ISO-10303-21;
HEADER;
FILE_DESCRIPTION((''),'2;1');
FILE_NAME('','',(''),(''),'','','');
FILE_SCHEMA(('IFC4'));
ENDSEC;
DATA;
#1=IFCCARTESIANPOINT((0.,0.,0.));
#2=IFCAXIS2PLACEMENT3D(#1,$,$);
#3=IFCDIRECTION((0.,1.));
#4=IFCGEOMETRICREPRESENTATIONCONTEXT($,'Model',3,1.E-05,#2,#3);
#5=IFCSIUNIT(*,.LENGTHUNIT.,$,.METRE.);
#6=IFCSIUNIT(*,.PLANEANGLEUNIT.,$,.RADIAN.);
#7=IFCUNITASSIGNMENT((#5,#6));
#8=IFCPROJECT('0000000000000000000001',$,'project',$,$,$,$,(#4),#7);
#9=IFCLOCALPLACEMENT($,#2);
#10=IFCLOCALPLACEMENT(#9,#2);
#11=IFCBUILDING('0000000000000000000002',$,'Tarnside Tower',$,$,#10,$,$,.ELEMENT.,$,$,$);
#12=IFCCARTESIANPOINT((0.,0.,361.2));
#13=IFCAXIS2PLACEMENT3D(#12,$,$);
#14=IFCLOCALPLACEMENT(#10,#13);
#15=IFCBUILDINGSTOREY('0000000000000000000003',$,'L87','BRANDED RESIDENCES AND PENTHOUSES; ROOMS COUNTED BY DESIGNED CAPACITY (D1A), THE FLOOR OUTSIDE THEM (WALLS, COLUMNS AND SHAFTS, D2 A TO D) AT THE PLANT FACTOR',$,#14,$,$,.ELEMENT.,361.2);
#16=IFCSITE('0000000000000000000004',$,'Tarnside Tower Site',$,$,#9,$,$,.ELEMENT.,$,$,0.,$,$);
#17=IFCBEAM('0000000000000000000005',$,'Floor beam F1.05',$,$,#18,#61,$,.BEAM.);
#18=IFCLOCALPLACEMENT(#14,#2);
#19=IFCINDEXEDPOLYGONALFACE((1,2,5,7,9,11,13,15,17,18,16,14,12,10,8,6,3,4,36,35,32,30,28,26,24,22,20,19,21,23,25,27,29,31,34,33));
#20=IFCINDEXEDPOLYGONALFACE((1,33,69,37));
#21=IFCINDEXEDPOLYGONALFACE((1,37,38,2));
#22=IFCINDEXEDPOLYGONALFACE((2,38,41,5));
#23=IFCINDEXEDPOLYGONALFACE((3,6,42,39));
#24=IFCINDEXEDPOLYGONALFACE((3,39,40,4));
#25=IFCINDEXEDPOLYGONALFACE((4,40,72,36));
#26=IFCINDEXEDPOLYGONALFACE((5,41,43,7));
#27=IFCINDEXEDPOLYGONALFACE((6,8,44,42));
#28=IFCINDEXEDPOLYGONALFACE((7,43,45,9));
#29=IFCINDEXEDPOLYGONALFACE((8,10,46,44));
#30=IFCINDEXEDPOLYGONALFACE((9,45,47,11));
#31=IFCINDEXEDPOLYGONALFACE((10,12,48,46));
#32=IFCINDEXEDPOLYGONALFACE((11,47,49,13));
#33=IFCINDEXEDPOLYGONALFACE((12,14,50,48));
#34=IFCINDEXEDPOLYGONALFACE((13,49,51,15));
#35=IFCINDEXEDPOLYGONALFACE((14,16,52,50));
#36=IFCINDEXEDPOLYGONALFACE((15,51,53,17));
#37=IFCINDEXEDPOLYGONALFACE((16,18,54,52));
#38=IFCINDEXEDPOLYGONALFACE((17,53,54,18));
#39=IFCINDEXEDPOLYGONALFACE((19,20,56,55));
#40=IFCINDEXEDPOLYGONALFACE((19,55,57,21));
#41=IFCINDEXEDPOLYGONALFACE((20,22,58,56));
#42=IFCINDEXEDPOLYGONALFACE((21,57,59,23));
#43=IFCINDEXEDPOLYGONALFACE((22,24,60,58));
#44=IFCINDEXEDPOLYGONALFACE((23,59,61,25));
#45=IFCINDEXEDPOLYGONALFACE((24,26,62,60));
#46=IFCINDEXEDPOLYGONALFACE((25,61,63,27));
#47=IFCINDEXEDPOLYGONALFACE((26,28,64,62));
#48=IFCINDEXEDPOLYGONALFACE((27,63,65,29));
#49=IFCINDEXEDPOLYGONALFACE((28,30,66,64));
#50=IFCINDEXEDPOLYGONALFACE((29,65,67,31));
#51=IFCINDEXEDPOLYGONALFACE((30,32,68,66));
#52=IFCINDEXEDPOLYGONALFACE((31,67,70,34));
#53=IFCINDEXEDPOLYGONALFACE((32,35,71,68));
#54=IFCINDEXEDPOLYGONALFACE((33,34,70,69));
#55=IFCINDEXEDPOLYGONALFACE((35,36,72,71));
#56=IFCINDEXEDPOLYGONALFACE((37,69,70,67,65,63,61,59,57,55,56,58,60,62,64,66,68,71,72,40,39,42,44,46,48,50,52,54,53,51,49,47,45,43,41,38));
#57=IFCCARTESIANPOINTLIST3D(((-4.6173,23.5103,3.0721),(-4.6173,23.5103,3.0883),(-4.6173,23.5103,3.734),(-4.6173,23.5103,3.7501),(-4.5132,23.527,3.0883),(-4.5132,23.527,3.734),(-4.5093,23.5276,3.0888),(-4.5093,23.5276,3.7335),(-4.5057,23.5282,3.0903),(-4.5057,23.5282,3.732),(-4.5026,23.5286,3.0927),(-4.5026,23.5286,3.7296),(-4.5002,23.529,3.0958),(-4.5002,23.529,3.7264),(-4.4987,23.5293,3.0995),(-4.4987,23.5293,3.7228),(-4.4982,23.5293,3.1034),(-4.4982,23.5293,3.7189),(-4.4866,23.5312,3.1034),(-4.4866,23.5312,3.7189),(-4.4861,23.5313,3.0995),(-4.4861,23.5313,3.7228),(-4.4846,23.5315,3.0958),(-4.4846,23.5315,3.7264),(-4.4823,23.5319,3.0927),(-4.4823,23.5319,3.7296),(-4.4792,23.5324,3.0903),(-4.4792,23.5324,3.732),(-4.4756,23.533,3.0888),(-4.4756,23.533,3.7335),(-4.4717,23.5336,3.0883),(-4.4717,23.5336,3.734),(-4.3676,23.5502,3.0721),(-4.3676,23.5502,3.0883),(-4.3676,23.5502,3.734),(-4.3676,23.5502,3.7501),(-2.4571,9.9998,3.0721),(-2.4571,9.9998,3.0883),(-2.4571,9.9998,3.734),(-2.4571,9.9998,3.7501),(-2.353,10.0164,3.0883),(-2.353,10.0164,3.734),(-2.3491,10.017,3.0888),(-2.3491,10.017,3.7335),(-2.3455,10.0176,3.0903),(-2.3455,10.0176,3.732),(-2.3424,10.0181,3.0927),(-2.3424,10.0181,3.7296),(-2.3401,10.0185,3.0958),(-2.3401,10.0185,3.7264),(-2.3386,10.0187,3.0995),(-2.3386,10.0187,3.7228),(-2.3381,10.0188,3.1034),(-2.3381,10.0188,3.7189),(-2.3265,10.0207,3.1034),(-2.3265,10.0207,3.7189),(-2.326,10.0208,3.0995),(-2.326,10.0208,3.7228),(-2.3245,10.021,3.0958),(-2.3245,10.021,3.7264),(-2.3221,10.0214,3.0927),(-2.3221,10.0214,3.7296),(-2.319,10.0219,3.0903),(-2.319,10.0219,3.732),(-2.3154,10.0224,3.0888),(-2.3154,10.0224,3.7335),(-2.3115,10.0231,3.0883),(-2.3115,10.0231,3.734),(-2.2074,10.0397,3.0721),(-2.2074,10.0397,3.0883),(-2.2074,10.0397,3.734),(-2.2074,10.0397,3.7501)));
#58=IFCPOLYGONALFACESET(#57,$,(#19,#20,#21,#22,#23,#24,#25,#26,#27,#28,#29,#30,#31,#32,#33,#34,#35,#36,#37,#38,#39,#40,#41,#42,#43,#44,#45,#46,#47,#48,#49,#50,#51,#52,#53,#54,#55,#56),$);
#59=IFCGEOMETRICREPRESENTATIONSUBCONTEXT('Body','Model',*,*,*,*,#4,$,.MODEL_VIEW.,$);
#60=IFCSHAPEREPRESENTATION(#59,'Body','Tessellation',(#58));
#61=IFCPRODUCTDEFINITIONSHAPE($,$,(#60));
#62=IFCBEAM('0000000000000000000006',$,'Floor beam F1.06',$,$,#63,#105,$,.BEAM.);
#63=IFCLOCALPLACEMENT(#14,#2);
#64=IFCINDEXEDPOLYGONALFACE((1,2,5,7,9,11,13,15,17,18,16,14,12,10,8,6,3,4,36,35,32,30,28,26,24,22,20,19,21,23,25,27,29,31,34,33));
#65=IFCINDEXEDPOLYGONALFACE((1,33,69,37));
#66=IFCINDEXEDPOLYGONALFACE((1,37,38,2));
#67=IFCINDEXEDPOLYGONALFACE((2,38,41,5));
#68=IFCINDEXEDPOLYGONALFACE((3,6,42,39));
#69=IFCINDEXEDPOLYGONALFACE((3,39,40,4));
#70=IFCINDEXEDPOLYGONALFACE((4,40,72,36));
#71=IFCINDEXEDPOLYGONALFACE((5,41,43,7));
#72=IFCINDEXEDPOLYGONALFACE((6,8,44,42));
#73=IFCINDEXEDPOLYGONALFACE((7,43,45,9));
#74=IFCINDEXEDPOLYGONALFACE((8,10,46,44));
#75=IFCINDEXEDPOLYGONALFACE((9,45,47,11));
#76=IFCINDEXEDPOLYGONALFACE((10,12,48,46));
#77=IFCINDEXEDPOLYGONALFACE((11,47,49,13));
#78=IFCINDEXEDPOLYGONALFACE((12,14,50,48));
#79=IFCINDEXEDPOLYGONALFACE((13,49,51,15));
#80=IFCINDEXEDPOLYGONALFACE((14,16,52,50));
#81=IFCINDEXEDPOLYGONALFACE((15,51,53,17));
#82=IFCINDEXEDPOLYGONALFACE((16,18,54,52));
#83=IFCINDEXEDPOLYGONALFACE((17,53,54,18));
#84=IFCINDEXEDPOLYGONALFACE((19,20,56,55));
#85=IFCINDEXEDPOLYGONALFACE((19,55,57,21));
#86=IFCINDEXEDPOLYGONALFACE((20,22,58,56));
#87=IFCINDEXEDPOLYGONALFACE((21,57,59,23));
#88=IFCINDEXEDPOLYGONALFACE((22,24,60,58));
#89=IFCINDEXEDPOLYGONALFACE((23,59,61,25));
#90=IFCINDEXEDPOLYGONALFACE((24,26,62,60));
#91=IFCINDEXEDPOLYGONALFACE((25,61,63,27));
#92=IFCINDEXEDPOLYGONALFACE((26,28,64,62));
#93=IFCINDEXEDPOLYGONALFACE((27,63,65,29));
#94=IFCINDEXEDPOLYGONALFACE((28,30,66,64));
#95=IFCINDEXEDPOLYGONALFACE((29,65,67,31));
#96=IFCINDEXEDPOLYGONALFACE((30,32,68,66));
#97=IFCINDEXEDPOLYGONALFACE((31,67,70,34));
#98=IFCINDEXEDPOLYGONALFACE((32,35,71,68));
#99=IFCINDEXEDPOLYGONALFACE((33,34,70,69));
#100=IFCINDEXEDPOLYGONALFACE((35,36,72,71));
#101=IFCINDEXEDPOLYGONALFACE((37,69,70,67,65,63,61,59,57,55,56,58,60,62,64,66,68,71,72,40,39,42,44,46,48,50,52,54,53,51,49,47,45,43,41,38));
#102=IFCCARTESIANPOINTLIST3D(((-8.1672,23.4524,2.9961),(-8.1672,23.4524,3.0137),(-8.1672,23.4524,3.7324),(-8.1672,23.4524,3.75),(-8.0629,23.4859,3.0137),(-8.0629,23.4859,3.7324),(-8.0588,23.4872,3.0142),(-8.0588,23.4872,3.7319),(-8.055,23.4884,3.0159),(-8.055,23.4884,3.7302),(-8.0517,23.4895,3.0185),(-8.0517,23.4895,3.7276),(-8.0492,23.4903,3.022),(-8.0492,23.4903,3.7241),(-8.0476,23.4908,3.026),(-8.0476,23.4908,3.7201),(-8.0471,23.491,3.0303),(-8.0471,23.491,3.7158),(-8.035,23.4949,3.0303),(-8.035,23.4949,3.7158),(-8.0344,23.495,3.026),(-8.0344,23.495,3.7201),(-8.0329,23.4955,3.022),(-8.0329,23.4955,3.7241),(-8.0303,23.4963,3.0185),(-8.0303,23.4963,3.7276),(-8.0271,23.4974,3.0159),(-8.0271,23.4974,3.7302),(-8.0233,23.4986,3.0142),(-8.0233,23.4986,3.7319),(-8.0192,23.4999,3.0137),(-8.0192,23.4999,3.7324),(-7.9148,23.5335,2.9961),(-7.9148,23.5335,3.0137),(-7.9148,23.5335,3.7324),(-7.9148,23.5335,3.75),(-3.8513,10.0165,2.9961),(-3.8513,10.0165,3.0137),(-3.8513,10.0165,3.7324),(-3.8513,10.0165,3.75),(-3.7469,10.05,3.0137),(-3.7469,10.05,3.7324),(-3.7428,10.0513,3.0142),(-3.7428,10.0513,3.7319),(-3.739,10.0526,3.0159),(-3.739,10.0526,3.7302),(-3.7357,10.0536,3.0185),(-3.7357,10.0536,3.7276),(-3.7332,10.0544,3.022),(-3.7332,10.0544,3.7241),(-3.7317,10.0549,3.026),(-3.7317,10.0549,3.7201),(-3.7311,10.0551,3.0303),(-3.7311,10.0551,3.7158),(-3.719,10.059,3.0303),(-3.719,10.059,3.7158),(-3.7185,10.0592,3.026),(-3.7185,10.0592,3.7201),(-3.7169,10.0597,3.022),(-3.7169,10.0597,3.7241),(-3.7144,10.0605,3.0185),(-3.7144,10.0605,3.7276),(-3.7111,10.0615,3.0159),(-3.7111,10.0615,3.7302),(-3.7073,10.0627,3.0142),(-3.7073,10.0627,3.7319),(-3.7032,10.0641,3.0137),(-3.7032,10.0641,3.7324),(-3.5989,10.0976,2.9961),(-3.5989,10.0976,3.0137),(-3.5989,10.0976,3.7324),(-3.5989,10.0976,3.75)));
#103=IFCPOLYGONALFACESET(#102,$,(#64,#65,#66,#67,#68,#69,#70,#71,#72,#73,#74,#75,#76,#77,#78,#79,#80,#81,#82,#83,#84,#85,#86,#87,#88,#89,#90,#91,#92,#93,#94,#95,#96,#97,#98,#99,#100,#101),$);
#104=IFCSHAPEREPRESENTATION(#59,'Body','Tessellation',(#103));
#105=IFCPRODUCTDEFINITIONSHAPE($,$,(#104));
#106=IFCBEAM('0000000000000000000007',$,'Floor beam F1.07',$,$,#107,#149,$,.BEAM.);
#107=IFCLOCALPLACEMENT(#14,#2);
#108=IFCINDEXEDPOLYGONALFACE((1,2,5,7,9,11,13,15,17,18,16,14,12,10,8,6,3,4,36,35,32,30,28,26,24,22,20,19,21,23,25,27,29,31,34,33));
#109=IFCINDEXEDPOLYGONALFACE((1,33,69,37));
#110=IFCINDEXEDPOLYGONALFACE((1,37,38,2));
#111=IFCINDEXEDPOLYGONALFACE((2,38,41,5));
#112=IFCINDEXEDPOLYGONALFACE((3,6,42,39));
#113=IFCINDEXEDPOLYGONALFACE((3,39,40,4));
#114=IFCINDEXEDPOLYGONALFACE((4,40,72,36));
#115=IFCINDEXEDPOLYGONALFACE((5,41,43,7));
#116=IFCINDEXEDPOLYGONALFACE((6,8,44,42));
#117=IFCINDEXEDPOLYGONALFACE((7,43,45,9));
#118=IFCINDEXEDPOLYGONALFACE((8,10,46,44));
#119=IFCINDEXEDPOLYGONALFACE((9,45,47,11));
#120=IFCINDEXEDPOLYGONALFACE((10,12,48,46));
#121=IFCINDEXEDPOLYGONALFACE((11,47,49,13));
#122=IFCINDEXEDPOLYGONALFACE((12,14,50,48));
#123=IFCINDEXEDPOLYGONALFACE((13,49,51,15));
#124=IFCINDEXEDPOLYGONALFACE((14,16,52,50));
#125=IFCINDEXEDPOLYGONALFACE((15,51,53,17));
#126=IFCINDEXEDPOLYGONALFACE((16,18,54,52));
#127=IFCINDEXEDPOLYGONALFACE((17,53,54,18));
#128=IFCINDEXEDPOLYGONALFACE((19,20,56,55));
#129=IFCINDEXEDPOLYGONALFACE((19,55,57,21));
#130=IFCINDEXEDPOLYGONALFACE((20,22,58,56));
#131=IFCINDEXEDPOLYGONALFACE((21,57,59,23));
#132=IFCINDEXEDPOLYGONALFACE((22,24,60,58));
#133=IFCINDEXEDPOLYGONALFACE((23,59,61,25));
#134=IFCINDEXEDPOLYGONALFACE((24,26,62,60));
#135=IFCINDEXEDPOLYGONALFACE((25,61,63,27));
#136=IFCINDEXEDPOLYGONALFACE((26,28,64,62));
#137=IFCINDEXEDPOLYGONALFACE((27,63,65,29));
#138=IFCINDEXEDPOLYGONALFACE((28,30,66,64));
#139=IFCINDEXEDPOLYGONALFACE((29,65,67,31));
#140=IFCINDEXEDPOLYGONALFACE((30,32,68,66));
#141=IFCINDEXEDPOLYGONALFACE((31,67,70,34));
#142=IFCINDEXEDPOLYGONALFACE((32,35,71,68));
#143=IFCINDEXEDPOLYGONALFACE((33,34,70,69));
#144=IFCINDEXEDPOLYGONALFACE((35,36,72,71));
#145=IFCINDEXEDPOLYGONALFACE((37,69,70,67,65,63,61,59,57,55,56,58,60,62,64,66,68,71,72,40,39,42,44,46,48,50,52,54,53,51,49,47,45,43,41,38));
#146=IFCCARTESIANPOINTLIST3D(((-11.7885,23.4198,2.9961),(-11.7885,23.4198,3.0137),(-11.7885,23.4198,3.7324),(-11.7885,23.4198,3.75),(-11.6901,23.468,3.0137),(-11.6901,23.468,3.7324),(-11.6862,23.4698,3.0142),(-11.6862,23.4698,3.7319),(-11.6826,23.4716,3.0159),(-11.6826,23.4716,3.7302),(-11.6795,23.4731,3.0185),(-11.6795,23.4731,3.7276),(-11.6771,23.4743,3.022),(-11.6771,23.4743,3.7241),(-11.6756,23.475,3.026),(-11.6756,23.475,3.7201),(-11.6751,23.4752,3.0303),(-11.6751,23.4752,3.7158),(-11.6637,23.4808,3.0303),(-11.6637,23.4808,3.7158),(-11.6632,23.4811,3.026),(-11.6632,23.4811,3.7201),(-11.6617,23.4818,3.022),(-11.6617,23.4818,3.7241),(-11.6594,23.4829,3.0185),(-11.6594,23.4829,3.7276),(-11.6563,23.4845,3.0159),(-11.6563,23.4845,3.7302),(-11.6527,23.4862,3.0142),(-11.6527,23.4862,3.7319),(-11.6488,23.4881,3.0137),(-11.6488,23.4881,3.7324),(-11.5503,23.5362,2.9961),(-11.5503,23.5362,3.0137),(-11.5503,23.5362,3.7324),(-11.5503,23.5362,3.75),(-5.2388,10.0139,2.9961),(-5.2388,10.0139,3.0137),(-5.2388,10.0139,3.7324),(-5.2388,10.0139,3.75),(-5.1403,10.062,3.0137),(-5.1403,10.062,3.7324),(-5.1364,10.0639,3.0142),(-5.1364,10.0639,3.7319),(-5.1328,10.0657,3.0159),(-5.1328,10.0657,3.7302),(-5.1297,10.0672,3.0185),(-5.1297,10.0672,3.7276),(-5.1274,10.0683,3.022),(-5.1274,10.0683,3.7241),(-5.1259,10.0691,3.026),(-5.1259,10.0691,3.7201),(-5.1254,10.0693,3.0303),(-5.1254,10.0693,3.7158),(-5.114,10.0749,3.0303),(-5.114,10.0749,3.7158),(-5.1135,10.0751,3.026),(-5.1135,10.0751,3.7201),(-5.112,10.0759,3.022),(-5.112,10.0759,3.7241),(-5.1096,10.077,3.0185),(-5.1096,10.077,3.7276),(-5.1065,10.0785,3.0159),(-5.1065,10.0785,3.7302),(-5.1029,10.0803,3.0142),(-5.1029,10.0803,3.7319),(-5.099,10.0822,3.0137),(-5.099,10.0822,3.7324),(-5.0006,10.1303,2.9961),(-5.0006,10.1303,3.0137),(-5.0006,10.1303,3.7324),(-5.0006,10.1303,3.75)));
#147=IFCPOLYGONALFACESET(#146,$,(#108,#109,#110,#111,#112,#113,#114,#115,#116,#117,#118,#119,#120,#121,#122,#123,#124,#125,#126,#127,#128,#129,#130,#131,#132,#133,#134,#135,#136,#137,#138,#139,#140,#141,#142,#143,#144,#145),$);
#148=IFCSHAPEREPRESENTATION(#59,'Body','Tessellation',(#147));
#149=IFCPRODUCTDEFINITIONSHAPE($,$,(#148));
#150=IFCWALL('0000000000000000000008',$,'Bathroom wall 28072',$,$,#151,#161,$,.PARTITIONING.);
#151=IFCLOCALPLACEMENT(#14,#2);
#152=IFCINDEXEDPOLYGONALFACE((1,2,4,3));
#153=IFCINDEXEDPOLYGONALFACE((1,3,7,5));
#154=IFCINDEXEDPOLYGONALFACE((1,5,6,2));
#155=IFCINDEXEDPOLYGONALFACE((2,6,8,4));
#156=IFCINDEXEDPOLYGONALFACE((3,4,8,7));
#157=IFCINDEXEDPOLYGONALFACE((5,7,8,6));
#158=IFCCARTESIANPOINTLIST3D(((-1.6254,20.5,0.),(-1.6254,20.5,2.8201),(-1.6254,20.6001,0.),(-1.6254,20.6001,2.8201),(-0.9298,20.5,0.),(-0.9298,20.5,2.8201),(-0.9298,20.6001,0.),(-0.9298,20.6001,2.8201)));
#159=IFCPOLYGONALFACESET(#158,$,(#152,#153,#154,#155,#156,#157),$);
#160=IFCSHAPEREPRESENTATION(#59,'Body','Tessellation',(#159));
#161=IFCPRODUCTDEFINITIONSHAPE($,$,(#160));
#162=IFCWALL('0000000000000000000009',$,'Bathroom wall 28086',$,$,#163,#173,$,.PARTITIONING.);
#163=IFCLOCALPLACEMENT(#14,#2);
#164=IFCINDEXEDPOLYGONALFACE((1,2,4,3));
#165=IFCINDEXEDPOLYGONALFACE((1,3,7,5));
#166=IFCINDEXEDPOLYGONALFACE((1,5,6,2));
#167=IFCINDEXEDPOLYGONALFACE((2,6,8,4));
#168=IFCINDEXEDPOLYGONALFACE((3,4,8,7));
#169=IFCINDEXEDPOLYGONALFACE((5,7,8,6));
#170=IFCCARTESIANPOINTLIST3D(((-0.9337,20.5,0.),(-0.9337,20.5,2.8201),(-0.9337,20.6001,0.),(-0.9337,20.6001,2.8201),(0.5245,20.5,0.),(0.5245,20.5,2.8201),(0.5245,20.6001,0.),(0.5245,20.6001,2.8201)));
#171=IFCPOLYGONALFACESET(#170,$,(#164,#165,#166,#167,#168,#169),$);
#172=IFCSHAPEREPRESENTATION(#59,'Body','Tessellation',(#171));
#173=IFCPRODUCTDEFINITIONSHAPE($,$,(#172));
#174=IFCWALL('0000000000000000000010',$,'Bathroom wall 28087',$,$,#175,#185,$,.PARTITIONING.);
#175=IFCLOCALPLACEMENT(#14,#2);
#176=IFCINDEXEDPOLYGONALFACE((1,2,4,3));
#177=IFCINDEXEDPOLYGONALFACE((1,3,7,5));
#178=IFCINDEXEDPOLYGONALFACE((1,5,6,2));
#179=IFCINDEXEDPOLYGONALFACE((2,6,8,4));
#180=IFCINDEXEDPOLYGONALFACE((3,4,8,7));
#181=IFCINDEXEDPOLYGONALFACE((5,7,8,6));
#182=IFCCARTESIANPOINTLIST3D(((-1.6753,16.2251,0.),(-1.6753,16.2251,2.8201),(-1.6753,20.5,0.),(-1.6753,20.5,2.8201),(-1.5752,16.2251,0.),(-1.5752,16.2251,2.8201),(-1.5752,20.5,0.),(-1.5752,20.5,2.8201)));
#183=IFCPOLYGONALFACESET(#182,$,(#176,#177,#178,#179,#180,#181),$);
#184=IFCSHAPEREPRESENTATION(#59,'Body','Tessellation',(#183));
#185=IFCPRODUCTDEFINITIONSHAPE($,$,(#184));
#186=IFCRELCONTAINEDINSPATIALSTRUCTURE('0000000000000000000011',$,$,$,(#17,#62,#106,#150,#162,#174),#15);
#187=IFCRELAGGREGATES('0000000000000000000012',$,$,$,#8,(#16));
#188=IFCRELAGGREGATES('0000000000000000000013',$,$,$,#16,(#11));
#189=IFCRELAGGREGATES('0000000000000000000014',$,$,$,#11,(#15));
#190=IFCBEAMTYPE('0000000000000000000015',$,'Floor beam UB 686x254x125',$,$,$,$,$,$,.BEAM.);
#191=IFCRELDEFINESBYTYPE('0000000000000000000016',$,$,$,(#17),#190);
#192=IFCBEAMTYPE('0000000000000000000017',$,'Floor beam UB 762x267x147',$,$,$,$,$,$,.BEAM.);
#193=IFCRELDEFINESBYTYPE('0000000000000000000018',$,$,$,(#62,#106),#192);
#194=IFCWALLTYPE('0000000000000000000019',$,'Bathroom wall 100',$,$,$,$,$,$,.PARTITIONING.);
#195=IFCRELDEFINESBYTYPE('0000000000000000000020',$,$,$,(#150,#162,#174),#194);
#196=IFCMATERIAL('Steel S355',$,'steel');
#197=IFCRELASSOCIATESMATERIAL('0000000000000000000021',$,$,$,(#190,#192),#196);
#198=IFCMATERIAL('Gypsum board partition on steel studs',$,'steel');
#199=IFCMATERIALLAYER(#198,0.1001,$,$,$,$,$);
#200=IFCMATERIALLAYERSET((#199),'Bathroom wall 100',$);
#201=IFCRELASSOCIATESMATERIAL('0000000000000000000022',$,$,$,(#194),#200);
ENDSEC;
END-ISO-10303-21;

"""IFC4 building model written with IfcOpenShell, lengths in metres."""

from ifc_helpers import new_model, si_unit, direction, frame, frame_2d, origin, origin_2d, place, context, subcontext, project, spatial, rectangle, i_section, extrude, material, layer, layer_set, material_profile, profile_set, type_object, element, save


model = new_model("IFC4")

# Units and contexts
model_context = context("Model", 3, precision=1e-05, world=origin(), true_north=direction((0.0, 1.0)))
body_context = subcontext(model_context, "Body", "Model", "MODEL_VIEW")
ifc_project = project(units=[si_unit("LENGTHUNIT", "METRE"), si_unit("PLANEANGLEUNIT", "RADIAN")], contexts=[model_context])

# Site, building, storey
site_placement = place(None, origin())
site = spatial("IfcSite", under=ifc_project, at=site_placement, Name="Tarnside Tower Site", CompositionType="ELEMENT", RefElevation=0.0)
building_placement = place(site_placement, origin())
building = spatial("IfcBuilding", under=site, at=building_placement, Name="Tarnside Tower", CompositionType="ELEMENT")
storey_placement = place(building_placement, frame((0.0, 0.0, 361.2)))
storey = spatial("IfcBuildingStorey", under=building, at=storey_placement, Name="L87", Description="BRANDED RESIDENCES AND PENTHOUSES; ROOMS COUNTED BY DESIGNED CAPACITY (D1A), THE FLOOR OUTSIDE THEM (WALLS, COLUMNS AND SHAFTS, D2 A TO D) AT THE PLANT FACTOR", CompositionType="ELEMENT", Elevation=361.2)

# Beams
ifc_material_1 = material(Name="Steel S355", Category="steel")
ifc_material_profile_1 = material_profile(ifc_material_1, i_section(OverallWidth=0.2529, OverallDepth=0.678, WebThickness=0.0117, FlangeThickness=0.0161, FilletRadius=0.0151, at=origin_2d()), Name="UB 686x254x125")
ifc_profile_set_1 = profile_set([ifc_material_profile_1], Name="Steel S355")
beam_type_1 = type_object("IfcBeamType", Name="Floor beam UB 686x254x125", PredefinedType="BEAM", material=ifc_profile_set_1)
beam_1_placement = place(storey_placement, frame((-4.4924, 23.5303, 3.4111), z_axis=(0.157882, -0.987458, 0.0), x_axis=(0.987458, 0.157882, 0.0)))
element("IfcBeam", 1, at=beam_1_placement, inside=storey, type_object=beam_type_1, Name="Floor beam F1.05", PredefinedType="BEAM", context=body_context, shape_type="SweptSolid", body=[
    extrude(i_section(OverallWidth=0.2529, OverallDepth=0.678, WebThickness=0.0117, FlangeThickness=0.0161, FilletRadius=0.0151, at=origin_2d()), origin(), (0.0, 0.0, 1.0), 13.6821),
])
ifc_material_profile_2 = material_profile(ifc_material_1, i_section(OverallWidth=0.2651, OverallDepth=0.7539, WebThickness=0.0127, FlangeThickness=0.0176, FilletRadius=0.0166, at=origin_2d()), Name="UB 762x267x147")
ifc_profile_set_2 = profile_set([ifc_material_profile_2], Name="Steel S355")
beam_type_2 = type_object("IfcBeamType", Name="Floor beam UB 762x267x147", PredefinedType="BEAM", material=ifc_profile_set_2)
beam_2_placement = place(storey_placement, frame((-8.041, 23.4929, 3.373), z_axis=(0.305834, -0.952085, 0.0), x_axis=(0.952085, 0.305834, 0.0)))
element("IfcBeam", 2, at=beam_2_placement, inside=storey, type_object=beam_type_2, Name="Floor beam F1.06", PredefinedType="BEAM", context=body_context, shape_type="SweptSolid", body=[
    extrude(i_section(OverallWidth=0.2651, OverallDepth=0.7539, WebThickness=0.0127, FlangeThickness=0.0176, FilletRadius=0.0166, at=origin_2d()), origin(), (0.0, 0.0, 1.0), 14.1121),
])
beam_3_placement = place(storey_placement, frame((-11.6694, 23.478, 3.373), z_axis=(0.438981, -0.898497, 0.0), x_axis=(0.898497, 0.438981, 0.0)))
element("IfcBeam", 3, at=beam_3_placement, inside=storey, type_object=beam_type_2, Name="Floor beam F1.07", PredefinedType="BEAM", context=body_context, shape_type="SweptSolid", body=[
    extrude(i_section(OverallWidth=0.2651, OverallDepth=0.7539, WebThickness=0.0127, FlangeThickness=0.0176, FilletRadius=0.0166, at=origin_2d()), origin(), (0.0, 0.0, 1.0), 14.9204),
])

# Walls
ifc_material_2 = material(Name="Gypsum board partition on steel studs", Category="steel")
ifc_layer_1 = layer(ifc_material_2, 0.1001)
ifc_layer_set_1 = layer_set([ifc_layer_1], Name="Bathroom wall 100")
wall_type_1 = type_object("IfcWallType", Name="Bathroom wall 100", PredefinedType="PARTITIONING", material=ifc_layer_set_1)
wall_1_placement = place(storey_placement, frame((-1.6252, 20.55, 0.0), z_axis=(0.0, 0.0, 1.0), x_axis=(1.0, 0.0, 0.0)))
element("IfcWall", 4, at=wall_1_placement, inside=storey, type_object=wall_type_1, Name="Bathroom wall 28072", PredefinedType="PARTITIONING", context=body_context, shape_type="SweptSolid", body=[
    extrude(rectangle(XDim=0.6956, YDim=0.1001, at=frame_2d((0.3477, 0.0))), origin(), (0.0, 0.0, 1.0), 2.8201),
])
wall_2_placement = place(storey_placement, frame((-0.9336, 20.55, 0.0), z_axis=(0.0, 0.0, 1.0), x_axis=(1.0, 0.0, 0.0)))
element("IfcWall", 5, at=wall_2_placement, inside=storey, type_object=wall_type_1, Name="Bathroom wall 28086", PredefinedType="PARTITIONING", context=body_context, shape_type="SweptSolid", body=[
    extrude(rectangle(XDim=1.4583, YDim=0.1001, at=frame_2d((0.729, 0.0))), origin(), (0.0, 0.0, 1.0), 2.8201),
])
wall_3_placement = place(storey_placement, frame((-1.6252, 20.5, 0.0), z_axis=(0.0, 0.0, 1.0), x_axis=(0.0, -1.0, 0.0)))
element("IfcWall", 6, at=wall_3_placement, inside=storey, type_object=wall_type_1, Name="Bathroom wall 28087", PredefinedType="PARTITIONING", context=body_context, shape_type="SweptSolid", body=[
    extrude(rectangle(XDim=4.2749, YDim=0.1001, at=frame_2d((2.1375, 0.0))), origin(), (0.0, 0.0, 1.0), 2.8201),
])

save(model, "model.ifc")
